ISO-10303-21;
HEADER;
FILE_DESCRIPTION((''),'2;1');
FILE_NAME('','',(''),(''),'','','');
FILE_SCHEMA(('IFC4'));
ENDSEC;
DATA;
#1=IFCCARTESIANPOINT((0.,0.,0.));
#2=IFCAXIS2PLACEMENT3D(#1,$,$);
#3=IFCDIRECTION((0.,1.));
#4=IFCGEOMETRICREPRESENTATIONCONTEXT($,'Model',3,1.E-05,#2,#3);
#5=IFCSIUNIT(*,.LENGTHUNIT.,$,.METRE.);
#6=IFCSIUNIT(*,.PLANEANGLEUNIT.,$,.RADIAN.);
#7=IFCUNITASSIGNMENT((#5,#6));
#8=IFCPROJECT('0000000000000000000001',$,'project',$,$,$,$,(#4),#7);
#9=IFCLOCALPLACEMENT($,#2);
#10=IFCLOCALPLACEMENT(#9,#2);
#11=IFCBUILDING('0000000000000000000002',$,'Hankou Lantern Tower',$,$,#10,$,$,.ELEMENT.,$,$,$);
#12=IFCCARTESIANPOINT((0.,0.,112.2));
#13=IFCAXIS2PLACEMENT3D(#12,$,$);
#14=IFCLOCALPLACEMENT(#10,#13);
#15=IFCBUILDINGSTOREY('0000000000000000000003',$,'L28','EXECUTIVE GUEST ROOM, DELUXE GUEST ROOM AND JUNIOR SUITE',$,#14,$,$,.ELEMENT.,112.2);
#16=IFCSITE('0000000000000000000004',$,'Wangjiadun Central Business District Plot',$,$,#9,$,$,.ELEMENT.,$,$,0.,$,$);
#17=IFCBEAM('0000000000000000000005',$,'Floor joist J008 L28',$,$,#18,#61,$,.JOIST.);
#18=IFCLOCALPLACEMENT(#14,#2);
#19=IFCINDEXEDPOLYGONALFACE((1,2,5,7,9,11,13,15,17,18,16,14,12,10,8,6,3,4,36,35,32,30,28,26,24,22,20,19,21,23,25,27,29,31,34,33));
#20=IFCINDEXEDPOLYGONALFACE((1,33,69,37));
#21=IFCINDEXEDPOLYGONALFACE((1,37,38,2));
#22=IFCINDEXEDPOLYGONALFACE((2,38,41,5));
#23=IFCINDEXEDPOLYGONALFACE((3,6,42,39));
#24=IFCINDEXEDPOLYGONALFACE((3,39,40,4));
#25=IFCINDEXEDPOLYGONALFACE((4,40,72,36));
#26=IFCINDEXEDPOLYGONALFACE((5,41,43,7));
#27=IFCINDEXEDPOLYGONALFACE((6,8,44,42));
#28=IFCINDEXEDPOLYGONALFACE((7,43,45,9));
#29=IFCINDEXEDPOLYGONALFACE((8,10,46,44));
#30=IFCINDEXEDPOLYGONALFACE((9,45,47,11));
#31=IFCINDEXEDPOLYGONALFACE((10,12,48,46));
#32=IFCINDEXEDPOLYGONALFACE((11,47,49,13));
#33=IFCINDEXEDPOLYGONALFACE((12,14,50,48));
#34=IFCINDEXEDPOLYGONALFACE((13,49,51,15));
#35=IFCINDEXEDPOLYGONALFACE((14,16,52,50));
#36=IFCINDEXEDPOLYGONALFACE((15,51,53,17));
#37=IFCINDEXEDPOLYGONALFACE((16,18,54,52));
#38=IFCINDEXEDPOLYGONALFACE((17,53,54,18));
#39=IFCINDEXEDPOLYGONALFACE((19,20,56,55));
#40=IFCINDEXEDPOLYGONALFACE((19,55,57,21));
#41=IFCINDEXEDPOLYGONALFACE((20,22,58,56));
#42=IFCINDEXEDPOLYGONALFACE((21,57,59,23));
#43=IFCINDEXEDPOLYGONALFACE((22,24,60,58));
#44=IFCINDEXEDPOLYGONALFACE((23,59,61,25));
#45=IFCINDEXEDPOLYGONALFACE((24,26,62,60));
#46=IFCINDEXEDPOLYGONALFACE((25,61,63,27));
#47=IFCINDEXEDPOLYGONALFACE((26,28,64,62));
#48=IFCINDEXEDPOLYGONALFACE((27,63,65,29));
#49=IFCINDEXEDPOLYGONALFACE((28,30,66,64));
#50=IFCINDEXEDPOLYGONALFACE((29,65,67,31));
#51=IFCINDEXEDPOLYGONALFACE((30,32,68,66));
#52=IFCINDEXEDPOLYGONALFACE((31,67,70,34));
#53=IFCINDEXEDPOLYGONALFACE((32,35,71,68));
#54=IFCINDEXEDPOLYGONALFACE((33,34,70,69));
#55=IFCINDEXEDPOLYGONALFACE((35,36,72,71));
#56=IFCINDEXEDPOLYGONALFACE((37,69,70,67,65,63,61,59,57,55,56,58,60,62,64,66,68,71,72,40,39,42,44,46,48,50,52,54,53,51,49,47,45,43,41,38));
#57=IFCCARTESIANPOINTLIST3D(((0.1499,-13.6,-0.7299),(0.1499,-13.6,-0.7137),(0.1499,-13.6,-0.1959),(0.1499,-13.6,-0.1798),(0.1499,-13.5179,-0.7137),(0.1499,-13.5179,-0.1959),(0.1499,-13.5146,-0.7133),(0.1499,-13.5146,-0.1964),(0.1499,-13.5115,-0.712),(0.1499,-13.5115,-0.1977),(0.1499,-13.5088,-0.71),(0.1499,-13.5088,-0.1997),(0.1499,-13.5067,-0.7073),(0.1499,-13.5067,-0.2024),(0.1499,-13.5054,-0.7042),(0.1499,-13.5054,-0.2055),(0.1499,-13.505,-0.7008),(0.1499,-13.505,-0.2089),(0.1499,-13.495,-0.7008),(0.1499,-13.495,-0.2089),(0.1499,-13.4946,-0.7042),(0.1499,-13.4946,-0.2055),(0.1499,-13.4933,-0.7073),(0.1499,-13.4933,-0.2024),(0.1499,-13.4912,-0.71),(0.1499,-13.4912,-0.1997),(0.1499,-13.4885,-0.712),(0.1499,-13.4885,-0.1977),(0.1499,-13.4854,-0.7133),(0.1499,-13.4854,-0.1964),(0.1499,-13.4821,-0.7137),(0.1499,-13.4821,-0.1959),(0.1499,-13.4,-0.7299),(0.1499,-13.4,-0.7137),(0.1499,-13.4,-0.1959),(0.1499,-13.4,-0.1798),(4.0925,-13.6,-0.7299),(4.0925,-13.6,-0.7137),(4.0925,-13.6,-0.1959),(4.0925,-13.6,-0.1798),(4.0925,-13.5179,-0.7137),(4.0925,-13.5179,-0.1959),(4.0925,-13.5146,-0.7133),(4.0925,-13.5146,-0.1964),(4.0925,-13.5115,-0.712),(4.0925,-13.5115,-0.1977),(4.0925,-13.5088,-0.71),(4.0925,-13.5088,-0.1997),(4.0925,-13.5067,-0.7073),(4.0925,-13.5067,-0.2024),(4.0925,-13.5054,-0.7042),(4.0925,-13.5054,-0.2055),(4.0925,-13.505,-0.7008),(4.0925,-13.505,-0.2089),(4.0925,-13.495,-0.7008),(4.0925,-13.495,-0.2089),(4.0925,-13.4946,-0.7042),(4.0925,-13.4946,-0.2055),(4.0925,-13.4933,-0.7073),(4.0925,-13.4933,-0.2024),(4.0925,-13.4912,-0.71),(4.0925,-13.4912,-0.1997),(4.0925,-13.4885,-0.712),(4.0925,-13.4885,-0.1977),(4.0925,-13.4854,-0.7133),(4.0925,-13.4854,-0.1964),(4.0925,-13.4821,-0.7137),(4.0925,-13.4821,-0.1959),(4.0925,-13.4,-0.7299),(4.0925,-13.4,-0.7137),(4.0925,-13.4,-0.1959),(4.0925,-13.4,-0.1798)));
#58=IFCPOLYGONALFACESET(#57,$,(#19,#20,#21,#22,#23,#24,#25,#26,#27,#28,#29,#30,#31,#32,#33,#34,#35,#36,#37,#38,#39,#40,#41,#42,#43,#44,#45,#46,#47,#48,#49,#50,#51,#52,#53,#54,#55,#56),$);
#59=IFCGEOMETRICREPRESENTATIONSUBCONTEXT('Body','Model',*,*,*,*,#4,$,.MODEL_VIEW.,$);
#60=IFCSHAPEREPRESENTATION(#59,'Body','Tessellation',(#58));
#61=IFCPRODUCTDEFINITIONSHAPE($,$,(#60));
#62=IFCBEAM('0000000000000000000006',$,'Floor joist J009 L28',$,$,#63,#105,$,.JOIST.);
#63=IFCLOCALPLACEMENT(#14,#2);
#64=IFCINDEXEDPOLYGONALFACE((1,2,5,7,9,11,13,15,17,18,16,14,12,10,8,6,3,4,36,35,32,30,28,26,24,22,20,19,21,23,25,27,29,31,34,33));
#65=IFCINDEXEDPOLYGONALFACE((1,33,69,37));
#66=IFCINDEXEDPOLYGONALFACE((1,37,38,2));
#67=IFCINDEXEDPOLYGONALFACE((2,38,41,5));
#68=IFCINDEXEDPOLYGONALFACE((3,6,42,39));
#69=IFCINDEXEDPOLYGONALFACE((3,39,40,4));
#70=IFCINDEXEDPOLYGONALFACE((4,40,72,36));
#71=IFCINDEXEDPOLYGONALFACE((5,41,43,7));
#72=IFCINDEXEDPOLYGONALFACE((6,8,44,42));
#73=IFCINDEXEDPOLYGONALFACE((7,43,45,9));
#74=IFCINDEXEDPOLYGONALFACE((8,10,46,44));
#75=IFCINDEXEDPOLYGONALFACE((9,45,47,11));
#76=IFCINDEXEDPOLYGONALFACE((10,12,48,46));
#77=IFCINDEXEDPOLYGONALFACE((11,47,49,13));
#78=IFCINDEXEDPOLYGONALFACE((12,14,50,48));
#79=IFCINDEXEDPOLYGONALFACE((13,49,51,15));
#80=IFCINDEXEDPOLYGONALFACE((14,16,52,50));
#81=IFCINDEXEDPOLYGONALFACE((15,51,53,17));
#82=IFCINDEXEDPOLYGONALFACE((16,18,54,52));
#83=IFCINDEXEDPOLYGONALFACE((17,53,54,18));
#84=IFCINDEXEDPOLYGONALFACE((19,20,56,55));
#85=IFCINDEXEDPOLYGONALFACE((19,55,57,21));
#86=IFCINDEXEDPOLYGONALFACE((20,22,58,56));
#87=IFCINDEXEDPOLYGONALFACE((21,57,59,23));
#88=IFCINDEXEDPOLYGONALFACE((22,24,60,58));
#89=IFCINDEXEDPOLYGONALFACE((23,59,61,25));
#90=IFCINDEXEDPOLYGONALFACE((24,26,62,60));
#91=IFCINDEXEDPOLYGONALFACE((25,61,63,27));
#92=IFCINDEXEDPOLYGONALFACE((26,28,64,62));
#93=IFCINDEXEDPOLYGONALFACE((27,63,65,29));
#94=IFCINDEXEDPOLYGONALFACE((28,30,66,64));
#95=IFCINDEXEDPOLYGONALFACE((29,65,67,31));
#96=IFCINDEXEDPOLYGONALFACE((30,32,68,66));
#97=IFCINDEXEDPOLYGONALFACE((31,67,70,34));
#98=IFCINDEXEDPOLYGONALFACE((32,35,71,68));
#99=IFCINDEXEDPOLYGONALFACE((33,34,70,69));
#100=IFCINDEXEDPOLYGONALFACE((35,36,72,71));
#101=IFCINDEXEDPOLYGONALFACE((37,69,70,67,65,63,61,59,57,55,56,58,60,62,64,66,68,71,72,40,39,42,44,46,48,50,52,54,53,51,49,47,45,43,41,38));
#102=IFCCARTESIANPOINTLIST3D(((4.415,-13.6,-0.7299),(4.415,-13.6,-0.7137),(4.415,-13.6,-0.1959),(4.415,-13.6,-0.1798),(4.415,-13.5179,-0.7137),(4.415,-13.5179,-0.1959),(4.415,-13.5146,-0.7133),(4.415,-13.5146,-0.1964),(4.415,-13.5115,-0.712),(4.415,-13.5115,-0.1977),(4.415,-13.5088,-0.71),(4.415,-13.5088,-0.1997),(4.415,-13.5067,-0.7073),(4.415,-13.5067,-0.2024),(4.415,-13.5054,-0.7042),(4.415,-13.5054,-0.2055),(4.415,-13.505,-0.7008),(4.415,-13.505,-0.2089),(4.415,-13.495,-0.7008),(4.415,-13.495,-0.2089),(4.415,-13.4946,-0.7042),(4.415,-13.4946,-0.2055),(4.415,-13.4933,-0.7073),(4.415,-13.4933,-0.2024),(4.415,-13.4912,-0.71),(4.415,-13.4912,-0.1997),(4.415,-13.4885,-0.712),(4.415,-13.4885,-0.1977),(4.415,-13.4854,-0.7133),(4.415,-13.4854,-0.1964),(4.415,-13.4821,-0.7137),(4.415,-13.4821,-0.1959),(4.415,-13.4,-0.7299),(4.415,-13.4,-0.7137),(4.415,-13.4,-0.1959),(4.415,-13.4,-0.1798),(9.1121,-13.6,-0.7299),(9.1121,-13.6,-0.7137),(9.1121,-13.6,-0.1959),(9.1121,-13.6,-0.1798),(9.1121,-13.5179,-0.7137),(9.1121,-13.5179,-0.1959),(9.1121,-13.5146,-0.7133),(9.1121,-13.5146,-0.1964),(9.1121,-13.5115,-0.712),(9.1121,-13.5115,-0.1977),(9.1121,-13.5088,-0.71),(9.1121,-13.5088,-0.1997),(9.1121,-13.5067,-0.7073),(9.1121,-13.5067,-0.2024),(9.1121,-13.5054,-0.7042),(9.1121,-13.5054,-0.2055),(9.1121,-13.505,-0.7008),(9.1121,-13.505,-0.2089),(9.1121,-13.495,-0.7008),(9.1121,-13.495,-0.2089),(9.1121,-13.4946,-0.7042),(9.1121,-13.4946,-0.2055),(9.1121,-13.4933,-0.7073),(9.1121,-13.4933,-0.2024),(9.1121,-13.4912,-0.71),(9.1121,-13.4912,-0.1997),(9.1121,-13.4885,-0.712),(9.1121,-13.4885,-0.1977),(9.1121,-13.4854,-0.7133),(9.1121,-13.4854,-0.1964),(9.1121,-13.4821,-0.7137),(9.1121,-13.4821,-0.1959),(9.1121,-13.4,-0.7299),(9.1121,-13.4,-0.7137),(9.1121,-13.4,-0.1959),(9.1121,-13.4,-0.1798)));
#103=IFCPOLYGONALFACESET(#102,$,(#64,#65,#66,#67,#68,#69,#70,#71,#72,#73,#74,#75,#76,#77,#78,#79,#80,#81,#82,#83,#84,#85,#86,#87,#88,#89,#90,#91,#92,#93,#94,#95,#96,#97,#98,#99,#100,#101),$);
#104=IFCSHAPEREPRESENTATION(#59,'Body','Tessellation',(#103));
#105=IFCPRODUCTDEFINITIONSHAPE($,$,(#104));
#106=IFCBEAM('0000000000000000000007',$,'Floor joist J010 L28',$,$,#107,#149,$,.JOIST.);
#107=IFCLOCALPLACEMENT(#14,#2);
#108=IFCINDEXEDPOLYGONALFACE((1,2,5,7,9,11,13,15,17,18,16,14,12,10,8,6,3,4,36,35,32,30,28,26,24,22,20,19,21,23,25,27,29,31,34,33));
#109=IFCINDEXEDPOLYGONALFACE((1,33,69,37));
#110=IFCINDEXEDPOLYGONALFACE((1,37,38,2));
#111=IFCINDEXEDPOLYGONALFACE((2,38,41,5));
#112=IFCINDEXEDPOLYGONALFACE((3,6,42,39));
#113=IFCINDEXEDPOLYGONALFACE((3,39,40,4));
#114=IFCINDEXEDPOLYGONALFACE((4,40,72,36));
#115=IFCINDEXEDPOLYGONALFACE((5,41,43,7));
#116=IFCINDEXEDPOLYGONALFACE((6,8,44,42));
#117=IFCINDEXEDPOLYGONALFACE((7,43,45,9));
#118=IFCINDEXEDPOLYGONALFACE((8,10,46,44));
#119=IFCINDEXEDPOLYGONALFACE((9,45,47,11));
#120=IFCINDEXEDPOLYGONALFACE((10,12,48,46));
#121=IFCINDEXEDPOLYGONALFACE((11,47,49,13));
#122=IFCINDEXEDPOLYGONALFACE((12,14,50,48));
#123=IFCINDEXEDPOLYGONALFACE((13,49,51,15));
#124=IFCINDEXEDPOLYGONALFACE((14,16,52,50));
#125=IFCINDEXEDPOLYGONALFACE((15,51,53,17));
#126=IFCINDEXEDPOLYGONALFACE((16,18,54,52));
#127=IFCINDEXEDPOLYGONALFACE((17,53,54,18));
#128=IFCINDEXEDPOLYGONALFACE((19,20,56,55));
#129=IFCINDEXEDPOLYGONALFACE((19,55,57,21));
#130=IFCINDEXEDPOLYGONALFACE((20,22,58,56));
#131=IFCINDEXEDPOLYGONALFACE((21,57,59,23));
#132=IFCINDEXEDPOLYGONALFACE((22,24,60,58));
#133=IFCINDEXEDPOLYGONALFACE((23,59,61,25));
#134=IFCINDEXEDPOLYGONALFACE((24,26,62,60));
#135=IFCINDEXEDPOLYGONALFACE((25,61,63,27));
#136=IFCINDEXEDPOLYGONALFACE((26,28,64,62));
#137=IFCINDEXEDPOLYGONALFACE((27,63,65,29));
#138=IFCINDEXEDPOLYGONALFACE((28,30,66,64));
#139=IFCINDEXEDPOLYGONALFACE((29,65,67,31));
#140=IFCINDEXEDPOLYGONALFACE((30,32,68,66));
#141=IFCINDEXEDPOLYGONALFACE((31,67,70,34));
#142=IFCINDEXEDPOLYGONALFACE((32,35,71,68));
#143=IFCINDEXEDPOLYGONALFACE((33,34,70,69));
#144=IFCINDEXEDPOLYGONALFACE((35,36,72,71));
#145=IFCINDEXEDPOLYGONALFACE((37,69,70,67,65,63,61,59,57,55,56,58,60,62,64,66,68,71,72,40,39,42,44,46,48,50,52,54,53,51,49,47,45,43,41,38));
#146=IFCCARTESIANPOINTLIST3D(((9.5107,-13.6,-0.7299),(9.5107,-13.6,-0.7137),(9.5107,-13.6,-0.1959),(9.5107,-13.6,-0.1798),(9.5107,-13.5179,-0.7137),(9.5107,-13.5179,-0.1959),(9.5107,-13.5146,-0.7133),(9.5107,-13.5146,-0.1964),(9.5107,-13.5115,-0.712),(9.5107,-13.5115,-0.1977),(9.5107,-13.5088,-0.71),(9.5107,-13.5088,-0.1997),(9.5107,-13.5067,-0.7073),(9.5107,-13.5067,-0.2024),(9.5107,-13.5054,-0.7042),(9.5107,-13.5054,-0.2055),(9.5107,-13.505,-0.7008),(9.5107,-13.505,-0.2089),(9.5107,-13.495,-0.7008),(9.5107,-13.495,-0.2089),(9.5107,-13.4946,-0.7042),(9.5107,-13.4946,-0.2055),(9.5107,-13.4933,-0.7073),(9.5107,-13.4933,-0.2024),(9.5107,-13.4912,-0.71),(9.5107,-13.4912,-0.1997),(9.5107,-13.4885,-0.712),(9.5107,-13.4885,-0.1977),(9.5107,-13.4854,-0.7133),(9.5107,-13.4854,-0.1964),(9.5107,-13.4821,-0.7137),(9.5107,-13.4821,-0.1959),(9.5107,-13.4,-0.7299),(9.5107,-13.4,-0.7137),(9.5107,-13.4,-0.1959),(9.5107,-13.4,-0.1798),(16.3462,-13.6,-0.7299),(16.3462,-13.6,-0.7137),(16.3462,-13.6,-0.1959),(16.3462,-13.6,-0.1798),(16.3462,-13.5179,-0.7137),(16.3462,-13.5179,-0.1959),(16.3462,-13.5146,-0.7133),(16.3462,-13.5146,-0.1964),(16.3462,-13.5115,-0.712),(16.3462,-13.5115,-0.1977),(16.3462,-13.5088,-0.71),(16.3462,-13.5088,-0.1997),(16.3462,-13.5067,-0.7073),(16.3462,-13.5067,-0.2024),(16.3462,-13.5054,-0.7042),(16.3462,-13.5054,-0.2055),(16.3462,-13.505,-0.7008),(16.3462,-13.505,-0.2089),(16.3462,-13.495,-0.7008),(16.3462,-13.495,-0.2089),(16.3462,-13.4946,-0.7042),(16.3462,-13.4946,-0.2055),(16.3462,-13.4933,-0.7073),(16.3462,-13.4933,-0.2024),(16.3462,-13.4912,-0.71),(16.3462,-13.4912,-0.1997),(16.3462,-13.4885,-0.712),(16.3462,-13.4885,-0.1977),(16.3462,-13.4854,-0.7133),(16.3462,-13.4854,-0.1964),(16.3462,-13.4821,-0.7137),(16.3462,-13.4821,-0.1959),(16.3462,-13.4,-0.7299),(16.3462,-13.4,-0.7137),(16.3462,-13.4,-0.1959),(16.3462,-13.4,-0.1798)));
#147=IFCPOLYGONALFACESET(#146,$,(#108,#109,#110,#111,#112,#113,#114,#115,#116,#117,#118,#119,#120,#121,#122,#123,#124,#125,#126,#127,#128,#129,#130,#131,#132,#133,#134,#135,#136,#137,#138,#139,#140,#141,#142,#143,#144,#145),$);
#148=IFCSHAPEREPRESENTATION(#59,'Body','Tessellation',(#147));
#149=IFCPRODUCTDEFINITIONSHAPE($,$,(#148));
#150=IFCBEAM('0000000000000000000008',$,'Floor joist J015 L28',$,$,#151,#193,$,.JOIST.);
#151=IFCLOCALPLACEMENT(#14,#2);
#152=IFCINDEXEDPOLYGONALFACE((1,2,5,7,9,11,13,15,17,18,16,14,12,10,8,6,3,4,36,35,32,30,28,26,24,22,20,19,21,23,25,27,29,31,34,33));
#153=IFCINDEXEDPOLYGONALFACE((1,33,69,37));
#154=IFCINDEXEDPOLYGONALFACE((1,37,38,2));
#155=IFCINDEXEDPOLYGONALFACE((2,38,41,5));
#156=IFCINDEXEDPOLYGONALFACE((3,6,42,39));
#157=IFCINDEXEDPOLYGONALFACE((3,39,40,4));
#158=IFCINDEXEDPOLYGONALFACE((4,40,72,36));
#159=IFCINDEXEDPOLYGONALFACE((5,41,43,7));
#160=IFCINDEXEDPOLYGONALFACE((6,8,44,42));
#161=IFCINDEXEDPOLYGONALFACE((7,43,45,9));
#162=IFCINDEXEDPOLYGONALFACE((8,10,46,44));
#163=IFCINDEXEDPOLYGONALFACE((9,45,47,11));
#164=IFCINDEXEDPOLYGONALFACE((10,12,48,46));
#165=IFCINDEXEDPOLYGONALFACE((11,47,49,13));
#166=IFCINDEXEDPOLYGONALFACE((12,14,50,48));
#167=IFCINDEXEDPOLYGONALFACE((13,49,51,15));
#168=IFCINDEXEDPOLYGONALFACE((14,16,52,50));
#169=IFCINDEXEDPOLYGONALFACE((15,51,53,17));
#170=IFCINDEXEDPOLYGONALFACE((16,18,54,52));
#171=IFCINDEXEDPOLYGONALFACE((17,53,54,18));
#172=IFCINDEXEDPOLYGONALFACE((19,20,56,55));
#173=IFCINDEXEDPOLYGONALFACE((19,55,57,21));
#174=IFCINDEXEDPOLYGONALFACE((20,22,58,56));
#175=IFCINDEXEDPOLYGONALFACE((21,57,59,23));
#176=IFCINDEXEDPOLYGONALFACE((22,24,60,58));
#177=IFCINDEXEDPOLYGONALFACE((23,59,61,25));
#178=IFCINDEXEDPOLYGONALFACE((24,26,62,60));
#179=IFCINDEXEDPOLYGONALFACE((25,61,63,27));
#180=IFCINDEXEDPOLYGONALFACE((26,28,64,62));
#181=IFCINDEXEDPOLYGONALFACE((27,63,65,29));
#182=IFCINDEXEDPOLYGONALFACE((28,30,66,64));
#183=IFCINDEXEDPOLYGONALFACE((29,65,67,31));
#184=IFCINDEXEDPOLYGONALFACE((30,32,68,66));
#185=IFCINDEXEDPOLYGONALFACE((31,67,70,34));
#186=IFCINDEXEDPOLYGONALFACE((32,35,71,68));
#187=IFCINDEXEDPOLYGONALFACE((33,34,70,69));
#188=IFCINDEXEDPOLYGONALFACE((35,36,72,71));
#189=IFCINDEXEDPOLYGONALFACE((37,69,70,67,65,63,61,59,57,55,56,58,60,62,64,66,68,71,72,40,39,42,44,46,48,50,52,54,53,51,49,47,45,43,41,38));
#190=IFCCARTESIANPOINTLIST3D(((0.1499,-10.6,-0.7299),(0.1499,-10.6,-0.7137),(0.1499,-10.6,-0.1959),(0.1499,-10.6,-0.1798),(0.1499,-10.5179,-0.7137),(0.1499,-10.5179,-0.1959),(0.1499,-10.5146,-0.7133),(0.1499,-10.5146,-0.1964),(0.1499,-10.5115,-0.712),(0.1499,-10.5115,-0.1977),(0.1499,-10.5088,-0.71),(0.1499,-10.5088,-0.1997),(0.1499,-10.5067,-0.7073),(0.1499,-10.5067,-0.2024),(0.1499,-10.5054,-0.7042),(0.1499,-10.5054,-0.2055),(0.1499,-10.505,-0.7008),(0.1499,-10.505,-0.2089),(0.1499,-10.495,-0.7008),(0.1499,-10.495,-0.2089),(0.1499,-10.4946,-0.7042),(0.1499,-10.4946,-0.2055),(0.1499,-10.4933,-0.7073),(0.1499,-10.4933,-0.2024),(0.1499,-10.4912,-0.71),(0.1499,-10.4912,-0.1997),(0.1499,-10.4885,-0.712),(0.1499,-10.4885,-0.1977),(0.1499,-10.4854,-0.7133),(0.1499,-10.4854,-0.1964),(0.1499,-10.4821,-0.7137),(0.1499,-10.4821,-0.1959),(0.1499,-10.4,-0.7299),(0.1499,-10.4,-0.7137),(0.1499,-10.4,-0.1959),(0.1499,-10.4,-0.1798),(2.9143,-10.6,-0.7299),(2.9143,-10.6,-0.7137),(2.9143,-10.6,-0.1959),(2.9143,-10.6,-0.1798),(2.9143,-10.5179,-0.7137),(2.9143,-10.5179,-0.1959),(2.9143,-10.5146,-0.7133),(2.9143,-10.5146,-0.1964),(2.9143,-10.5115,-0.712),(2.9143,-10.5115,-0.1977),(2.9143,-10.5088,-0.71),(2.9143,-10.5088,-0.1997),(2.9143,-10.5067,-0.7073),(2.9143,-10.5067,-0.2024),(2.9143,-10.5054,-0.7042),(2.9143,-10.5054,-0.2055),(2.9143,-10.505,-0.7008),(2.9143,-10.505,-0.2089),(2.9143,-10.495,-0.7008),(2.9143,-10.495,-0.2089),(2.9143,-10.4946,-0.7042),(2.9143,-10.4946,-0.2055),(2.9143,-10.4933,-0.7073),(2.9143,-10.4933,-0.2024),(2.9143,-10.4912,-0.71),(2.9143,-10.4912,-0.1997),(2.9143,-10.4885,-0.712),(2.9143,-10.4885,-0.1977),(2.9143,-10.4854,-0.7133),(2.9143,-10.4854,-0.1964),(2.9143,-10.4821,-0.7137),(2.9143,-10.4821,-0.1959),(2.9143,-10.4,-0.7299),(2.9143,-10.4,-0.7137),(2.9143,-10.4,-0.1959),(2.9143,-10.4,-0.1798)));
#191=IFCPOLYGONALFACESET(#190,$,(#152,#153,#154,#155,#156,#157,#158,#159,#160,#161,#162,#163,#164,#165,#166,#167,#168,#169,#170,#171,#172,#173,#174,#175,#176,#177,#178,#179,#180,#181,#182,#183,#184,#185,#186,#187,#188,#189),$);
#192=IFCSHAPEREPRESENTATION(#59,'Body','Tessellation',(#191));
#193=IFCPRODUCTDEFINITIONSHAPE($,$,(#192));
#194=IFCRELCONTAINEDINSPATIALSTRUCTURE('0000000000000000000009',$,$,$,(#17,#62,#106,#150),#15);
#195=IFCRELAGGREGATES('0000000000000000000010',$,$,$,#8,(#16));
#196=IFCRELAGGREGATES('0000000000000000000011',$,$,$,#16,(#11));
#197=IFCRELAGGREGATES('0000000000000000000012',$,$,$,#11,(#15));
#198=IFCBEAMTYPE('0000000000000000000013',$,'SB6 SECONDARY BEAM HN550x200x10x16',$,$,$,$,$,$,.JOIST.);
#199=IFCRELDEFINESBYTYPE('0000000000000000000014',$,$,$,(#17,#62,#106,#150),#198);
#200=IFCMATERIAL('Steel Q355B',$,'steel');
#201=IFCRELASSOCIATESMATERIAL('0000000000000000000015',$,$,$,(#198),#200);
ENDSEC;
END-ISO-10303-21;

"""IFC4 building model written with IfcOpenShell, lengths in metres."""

from ifc_helpers import new_model, si_unit, direction, frame, origin, origin_2d, place, context, subcontext, project, spatial, i_section, extrude, material, material_profile, profile_set, type_object, element, save


model = new_model("IFC4")

# Units and contexts
model_context = context("Model", 3, precision=1e-05, world=origin(), true_north=direction((0.0, 1.0)))
body_context = subcontext(model_context, "Body", "Model", "MODEL_VIEW")
ifc_project = project(units=[si_unit("LENGTHUNIT", "METRE"), si_unit("PLANEANGLEUNIT", "RADIAN")], contexts=[model_context])

# Site, building, storey
site_placement = place(None, origin())
site = spatial("IfcSite", under=ifc_project, at=site_placement, Name="Wangjiadun Central Business District Plot", CompositionType="ELEMENT", RefElevation=0.0)
building_placement = place(site_placement, origin())
building = spatial("IfcBuilding", under=site, at=building_placement, Name="Hankou Lantern Tower", CompositionType="ELEMENT")
storey_placement = place(building_placement, frame((0.0, 0.0, 112.2)))
storey = spatial("IfcBuildingStorey", under=building, at=storey_placement, Name="L28", Description="EXECUTIVE GUEST ROOM, DELUXE GUEST ROOM AND JUNIOR SUITE", CompositionType="ELEMENT", Elevation=112.2)

# Beams
ifc_material_1 = material(Name="Steel Q355B", Category="steel")
ifc_material_profile_1 = material_profile(ifc_material_1, i_section(OverallWidth=0.2, OverallDepth=0.55, WebThickness=0.01, FlangeThickness=0.0161, FilletRadius=0.0129, at=origin_2d()), Name="HN550x200x10x16")
ifc_profile_set_1 = profile_set([ifc_material_profile_1], Name="Steel Q355B")
beam_type_1 = type_object("IfcBeamType", Name="SB6 SECONDARY BEAM HN550x200x10x16", PredefinedType="JOIST", material=ifc_profile_set_1)
beam_1_placement = place(storey_placement, frame((0.1499, -13.5, -0.4548), z_axis=(1.0, 0.0, 0.0), x_axis=(0.0, 1.0, 0.0)))
element("IfcBeam", 1, at=beam_1_placement, inside=storey, type_object=beam_type_1, Name="Floor joist J008 L28", PredefinedType="JOIST", context=body_context, shape_type="SweptSolid", body=[
    extrude(i_section(OverallWidth=0.2, OverallDepth=0.55, WebThickness=0.01, FlangeThickness=0.0161, FilletRadius=0.0129, at=origin_2d()), origin(), (0.0, 0.0, 1.0), 3.9426),
])
beam_2_placement = place(storey_placement, frame((4.415, -13.5, -0.4548), z_axis=(1.0, 0.0, 0.0), x_axis=(0.0, 1.0, 0.0)))
element("IfcBeam", 2, at=beam_2_placement, inside=storey, type_object=beam_type_1, Name="Floor joist J009 L28", PredefinedType="JOIST", context=body_context, shape_type="SweptSolid", body=[
    extrude(i_section(OverallWidth=0.2, OverallDepth=0.55, WebThickness=0.01, FlangeThickness=0.0161, FilletRadius=0.0129, at=origin_2d()), origin(), (0.0, 0.0, 1.0), 4.697),
])
beam_3_placement = place(storey_placement, frame((9.5107, -13.5, -0.4548), z_axis=(1.0, 0.0, 0.0), x_axis=(0.0, 1.0, 0.0)))
element("IfcBeam", 3, at=beam_3_placement, inside=storey, type_object=beam_type_1, Name="Floor joist J010 L28", PredefinedType="JOIST", context=body_context, shape_type="SweptSolid", body=[
    extrude(i_section(OverallWidth=0.2, OverallDepth=0.55, WebThickness=0.01, FlangeThickness=0.0161, FilletRadius=0.0129, at=origin_2d()), origin(), (0.0, 0.0, 1.0), 6.8354),
])
beam_4_placement = place(storey_placement, frame((0.1499, -10.5, -0.4548), z_axis=(1.0, 0.0, 0.0), x_axis=(0.0, 1.0, 0.0)))
element("IfcBeam", 4, at=beam_4_placement, inside=storey, type_object=beam_type_1, Name="Floor joist J015 L28", PredefinedType="JOIST", context=body_context, shape_type="SweptSolid", body=[
    extrude(i_section(OverallWidth=0.2, OverallDepth=0.55, WebThickness=0.01, FlangeThickness=0.0161, FilletRadius=0.0129, at=origin_2d()), origin(), (0.0, 0.0, 1.0), 2.7644),
])

save(model, "model.ifc")
